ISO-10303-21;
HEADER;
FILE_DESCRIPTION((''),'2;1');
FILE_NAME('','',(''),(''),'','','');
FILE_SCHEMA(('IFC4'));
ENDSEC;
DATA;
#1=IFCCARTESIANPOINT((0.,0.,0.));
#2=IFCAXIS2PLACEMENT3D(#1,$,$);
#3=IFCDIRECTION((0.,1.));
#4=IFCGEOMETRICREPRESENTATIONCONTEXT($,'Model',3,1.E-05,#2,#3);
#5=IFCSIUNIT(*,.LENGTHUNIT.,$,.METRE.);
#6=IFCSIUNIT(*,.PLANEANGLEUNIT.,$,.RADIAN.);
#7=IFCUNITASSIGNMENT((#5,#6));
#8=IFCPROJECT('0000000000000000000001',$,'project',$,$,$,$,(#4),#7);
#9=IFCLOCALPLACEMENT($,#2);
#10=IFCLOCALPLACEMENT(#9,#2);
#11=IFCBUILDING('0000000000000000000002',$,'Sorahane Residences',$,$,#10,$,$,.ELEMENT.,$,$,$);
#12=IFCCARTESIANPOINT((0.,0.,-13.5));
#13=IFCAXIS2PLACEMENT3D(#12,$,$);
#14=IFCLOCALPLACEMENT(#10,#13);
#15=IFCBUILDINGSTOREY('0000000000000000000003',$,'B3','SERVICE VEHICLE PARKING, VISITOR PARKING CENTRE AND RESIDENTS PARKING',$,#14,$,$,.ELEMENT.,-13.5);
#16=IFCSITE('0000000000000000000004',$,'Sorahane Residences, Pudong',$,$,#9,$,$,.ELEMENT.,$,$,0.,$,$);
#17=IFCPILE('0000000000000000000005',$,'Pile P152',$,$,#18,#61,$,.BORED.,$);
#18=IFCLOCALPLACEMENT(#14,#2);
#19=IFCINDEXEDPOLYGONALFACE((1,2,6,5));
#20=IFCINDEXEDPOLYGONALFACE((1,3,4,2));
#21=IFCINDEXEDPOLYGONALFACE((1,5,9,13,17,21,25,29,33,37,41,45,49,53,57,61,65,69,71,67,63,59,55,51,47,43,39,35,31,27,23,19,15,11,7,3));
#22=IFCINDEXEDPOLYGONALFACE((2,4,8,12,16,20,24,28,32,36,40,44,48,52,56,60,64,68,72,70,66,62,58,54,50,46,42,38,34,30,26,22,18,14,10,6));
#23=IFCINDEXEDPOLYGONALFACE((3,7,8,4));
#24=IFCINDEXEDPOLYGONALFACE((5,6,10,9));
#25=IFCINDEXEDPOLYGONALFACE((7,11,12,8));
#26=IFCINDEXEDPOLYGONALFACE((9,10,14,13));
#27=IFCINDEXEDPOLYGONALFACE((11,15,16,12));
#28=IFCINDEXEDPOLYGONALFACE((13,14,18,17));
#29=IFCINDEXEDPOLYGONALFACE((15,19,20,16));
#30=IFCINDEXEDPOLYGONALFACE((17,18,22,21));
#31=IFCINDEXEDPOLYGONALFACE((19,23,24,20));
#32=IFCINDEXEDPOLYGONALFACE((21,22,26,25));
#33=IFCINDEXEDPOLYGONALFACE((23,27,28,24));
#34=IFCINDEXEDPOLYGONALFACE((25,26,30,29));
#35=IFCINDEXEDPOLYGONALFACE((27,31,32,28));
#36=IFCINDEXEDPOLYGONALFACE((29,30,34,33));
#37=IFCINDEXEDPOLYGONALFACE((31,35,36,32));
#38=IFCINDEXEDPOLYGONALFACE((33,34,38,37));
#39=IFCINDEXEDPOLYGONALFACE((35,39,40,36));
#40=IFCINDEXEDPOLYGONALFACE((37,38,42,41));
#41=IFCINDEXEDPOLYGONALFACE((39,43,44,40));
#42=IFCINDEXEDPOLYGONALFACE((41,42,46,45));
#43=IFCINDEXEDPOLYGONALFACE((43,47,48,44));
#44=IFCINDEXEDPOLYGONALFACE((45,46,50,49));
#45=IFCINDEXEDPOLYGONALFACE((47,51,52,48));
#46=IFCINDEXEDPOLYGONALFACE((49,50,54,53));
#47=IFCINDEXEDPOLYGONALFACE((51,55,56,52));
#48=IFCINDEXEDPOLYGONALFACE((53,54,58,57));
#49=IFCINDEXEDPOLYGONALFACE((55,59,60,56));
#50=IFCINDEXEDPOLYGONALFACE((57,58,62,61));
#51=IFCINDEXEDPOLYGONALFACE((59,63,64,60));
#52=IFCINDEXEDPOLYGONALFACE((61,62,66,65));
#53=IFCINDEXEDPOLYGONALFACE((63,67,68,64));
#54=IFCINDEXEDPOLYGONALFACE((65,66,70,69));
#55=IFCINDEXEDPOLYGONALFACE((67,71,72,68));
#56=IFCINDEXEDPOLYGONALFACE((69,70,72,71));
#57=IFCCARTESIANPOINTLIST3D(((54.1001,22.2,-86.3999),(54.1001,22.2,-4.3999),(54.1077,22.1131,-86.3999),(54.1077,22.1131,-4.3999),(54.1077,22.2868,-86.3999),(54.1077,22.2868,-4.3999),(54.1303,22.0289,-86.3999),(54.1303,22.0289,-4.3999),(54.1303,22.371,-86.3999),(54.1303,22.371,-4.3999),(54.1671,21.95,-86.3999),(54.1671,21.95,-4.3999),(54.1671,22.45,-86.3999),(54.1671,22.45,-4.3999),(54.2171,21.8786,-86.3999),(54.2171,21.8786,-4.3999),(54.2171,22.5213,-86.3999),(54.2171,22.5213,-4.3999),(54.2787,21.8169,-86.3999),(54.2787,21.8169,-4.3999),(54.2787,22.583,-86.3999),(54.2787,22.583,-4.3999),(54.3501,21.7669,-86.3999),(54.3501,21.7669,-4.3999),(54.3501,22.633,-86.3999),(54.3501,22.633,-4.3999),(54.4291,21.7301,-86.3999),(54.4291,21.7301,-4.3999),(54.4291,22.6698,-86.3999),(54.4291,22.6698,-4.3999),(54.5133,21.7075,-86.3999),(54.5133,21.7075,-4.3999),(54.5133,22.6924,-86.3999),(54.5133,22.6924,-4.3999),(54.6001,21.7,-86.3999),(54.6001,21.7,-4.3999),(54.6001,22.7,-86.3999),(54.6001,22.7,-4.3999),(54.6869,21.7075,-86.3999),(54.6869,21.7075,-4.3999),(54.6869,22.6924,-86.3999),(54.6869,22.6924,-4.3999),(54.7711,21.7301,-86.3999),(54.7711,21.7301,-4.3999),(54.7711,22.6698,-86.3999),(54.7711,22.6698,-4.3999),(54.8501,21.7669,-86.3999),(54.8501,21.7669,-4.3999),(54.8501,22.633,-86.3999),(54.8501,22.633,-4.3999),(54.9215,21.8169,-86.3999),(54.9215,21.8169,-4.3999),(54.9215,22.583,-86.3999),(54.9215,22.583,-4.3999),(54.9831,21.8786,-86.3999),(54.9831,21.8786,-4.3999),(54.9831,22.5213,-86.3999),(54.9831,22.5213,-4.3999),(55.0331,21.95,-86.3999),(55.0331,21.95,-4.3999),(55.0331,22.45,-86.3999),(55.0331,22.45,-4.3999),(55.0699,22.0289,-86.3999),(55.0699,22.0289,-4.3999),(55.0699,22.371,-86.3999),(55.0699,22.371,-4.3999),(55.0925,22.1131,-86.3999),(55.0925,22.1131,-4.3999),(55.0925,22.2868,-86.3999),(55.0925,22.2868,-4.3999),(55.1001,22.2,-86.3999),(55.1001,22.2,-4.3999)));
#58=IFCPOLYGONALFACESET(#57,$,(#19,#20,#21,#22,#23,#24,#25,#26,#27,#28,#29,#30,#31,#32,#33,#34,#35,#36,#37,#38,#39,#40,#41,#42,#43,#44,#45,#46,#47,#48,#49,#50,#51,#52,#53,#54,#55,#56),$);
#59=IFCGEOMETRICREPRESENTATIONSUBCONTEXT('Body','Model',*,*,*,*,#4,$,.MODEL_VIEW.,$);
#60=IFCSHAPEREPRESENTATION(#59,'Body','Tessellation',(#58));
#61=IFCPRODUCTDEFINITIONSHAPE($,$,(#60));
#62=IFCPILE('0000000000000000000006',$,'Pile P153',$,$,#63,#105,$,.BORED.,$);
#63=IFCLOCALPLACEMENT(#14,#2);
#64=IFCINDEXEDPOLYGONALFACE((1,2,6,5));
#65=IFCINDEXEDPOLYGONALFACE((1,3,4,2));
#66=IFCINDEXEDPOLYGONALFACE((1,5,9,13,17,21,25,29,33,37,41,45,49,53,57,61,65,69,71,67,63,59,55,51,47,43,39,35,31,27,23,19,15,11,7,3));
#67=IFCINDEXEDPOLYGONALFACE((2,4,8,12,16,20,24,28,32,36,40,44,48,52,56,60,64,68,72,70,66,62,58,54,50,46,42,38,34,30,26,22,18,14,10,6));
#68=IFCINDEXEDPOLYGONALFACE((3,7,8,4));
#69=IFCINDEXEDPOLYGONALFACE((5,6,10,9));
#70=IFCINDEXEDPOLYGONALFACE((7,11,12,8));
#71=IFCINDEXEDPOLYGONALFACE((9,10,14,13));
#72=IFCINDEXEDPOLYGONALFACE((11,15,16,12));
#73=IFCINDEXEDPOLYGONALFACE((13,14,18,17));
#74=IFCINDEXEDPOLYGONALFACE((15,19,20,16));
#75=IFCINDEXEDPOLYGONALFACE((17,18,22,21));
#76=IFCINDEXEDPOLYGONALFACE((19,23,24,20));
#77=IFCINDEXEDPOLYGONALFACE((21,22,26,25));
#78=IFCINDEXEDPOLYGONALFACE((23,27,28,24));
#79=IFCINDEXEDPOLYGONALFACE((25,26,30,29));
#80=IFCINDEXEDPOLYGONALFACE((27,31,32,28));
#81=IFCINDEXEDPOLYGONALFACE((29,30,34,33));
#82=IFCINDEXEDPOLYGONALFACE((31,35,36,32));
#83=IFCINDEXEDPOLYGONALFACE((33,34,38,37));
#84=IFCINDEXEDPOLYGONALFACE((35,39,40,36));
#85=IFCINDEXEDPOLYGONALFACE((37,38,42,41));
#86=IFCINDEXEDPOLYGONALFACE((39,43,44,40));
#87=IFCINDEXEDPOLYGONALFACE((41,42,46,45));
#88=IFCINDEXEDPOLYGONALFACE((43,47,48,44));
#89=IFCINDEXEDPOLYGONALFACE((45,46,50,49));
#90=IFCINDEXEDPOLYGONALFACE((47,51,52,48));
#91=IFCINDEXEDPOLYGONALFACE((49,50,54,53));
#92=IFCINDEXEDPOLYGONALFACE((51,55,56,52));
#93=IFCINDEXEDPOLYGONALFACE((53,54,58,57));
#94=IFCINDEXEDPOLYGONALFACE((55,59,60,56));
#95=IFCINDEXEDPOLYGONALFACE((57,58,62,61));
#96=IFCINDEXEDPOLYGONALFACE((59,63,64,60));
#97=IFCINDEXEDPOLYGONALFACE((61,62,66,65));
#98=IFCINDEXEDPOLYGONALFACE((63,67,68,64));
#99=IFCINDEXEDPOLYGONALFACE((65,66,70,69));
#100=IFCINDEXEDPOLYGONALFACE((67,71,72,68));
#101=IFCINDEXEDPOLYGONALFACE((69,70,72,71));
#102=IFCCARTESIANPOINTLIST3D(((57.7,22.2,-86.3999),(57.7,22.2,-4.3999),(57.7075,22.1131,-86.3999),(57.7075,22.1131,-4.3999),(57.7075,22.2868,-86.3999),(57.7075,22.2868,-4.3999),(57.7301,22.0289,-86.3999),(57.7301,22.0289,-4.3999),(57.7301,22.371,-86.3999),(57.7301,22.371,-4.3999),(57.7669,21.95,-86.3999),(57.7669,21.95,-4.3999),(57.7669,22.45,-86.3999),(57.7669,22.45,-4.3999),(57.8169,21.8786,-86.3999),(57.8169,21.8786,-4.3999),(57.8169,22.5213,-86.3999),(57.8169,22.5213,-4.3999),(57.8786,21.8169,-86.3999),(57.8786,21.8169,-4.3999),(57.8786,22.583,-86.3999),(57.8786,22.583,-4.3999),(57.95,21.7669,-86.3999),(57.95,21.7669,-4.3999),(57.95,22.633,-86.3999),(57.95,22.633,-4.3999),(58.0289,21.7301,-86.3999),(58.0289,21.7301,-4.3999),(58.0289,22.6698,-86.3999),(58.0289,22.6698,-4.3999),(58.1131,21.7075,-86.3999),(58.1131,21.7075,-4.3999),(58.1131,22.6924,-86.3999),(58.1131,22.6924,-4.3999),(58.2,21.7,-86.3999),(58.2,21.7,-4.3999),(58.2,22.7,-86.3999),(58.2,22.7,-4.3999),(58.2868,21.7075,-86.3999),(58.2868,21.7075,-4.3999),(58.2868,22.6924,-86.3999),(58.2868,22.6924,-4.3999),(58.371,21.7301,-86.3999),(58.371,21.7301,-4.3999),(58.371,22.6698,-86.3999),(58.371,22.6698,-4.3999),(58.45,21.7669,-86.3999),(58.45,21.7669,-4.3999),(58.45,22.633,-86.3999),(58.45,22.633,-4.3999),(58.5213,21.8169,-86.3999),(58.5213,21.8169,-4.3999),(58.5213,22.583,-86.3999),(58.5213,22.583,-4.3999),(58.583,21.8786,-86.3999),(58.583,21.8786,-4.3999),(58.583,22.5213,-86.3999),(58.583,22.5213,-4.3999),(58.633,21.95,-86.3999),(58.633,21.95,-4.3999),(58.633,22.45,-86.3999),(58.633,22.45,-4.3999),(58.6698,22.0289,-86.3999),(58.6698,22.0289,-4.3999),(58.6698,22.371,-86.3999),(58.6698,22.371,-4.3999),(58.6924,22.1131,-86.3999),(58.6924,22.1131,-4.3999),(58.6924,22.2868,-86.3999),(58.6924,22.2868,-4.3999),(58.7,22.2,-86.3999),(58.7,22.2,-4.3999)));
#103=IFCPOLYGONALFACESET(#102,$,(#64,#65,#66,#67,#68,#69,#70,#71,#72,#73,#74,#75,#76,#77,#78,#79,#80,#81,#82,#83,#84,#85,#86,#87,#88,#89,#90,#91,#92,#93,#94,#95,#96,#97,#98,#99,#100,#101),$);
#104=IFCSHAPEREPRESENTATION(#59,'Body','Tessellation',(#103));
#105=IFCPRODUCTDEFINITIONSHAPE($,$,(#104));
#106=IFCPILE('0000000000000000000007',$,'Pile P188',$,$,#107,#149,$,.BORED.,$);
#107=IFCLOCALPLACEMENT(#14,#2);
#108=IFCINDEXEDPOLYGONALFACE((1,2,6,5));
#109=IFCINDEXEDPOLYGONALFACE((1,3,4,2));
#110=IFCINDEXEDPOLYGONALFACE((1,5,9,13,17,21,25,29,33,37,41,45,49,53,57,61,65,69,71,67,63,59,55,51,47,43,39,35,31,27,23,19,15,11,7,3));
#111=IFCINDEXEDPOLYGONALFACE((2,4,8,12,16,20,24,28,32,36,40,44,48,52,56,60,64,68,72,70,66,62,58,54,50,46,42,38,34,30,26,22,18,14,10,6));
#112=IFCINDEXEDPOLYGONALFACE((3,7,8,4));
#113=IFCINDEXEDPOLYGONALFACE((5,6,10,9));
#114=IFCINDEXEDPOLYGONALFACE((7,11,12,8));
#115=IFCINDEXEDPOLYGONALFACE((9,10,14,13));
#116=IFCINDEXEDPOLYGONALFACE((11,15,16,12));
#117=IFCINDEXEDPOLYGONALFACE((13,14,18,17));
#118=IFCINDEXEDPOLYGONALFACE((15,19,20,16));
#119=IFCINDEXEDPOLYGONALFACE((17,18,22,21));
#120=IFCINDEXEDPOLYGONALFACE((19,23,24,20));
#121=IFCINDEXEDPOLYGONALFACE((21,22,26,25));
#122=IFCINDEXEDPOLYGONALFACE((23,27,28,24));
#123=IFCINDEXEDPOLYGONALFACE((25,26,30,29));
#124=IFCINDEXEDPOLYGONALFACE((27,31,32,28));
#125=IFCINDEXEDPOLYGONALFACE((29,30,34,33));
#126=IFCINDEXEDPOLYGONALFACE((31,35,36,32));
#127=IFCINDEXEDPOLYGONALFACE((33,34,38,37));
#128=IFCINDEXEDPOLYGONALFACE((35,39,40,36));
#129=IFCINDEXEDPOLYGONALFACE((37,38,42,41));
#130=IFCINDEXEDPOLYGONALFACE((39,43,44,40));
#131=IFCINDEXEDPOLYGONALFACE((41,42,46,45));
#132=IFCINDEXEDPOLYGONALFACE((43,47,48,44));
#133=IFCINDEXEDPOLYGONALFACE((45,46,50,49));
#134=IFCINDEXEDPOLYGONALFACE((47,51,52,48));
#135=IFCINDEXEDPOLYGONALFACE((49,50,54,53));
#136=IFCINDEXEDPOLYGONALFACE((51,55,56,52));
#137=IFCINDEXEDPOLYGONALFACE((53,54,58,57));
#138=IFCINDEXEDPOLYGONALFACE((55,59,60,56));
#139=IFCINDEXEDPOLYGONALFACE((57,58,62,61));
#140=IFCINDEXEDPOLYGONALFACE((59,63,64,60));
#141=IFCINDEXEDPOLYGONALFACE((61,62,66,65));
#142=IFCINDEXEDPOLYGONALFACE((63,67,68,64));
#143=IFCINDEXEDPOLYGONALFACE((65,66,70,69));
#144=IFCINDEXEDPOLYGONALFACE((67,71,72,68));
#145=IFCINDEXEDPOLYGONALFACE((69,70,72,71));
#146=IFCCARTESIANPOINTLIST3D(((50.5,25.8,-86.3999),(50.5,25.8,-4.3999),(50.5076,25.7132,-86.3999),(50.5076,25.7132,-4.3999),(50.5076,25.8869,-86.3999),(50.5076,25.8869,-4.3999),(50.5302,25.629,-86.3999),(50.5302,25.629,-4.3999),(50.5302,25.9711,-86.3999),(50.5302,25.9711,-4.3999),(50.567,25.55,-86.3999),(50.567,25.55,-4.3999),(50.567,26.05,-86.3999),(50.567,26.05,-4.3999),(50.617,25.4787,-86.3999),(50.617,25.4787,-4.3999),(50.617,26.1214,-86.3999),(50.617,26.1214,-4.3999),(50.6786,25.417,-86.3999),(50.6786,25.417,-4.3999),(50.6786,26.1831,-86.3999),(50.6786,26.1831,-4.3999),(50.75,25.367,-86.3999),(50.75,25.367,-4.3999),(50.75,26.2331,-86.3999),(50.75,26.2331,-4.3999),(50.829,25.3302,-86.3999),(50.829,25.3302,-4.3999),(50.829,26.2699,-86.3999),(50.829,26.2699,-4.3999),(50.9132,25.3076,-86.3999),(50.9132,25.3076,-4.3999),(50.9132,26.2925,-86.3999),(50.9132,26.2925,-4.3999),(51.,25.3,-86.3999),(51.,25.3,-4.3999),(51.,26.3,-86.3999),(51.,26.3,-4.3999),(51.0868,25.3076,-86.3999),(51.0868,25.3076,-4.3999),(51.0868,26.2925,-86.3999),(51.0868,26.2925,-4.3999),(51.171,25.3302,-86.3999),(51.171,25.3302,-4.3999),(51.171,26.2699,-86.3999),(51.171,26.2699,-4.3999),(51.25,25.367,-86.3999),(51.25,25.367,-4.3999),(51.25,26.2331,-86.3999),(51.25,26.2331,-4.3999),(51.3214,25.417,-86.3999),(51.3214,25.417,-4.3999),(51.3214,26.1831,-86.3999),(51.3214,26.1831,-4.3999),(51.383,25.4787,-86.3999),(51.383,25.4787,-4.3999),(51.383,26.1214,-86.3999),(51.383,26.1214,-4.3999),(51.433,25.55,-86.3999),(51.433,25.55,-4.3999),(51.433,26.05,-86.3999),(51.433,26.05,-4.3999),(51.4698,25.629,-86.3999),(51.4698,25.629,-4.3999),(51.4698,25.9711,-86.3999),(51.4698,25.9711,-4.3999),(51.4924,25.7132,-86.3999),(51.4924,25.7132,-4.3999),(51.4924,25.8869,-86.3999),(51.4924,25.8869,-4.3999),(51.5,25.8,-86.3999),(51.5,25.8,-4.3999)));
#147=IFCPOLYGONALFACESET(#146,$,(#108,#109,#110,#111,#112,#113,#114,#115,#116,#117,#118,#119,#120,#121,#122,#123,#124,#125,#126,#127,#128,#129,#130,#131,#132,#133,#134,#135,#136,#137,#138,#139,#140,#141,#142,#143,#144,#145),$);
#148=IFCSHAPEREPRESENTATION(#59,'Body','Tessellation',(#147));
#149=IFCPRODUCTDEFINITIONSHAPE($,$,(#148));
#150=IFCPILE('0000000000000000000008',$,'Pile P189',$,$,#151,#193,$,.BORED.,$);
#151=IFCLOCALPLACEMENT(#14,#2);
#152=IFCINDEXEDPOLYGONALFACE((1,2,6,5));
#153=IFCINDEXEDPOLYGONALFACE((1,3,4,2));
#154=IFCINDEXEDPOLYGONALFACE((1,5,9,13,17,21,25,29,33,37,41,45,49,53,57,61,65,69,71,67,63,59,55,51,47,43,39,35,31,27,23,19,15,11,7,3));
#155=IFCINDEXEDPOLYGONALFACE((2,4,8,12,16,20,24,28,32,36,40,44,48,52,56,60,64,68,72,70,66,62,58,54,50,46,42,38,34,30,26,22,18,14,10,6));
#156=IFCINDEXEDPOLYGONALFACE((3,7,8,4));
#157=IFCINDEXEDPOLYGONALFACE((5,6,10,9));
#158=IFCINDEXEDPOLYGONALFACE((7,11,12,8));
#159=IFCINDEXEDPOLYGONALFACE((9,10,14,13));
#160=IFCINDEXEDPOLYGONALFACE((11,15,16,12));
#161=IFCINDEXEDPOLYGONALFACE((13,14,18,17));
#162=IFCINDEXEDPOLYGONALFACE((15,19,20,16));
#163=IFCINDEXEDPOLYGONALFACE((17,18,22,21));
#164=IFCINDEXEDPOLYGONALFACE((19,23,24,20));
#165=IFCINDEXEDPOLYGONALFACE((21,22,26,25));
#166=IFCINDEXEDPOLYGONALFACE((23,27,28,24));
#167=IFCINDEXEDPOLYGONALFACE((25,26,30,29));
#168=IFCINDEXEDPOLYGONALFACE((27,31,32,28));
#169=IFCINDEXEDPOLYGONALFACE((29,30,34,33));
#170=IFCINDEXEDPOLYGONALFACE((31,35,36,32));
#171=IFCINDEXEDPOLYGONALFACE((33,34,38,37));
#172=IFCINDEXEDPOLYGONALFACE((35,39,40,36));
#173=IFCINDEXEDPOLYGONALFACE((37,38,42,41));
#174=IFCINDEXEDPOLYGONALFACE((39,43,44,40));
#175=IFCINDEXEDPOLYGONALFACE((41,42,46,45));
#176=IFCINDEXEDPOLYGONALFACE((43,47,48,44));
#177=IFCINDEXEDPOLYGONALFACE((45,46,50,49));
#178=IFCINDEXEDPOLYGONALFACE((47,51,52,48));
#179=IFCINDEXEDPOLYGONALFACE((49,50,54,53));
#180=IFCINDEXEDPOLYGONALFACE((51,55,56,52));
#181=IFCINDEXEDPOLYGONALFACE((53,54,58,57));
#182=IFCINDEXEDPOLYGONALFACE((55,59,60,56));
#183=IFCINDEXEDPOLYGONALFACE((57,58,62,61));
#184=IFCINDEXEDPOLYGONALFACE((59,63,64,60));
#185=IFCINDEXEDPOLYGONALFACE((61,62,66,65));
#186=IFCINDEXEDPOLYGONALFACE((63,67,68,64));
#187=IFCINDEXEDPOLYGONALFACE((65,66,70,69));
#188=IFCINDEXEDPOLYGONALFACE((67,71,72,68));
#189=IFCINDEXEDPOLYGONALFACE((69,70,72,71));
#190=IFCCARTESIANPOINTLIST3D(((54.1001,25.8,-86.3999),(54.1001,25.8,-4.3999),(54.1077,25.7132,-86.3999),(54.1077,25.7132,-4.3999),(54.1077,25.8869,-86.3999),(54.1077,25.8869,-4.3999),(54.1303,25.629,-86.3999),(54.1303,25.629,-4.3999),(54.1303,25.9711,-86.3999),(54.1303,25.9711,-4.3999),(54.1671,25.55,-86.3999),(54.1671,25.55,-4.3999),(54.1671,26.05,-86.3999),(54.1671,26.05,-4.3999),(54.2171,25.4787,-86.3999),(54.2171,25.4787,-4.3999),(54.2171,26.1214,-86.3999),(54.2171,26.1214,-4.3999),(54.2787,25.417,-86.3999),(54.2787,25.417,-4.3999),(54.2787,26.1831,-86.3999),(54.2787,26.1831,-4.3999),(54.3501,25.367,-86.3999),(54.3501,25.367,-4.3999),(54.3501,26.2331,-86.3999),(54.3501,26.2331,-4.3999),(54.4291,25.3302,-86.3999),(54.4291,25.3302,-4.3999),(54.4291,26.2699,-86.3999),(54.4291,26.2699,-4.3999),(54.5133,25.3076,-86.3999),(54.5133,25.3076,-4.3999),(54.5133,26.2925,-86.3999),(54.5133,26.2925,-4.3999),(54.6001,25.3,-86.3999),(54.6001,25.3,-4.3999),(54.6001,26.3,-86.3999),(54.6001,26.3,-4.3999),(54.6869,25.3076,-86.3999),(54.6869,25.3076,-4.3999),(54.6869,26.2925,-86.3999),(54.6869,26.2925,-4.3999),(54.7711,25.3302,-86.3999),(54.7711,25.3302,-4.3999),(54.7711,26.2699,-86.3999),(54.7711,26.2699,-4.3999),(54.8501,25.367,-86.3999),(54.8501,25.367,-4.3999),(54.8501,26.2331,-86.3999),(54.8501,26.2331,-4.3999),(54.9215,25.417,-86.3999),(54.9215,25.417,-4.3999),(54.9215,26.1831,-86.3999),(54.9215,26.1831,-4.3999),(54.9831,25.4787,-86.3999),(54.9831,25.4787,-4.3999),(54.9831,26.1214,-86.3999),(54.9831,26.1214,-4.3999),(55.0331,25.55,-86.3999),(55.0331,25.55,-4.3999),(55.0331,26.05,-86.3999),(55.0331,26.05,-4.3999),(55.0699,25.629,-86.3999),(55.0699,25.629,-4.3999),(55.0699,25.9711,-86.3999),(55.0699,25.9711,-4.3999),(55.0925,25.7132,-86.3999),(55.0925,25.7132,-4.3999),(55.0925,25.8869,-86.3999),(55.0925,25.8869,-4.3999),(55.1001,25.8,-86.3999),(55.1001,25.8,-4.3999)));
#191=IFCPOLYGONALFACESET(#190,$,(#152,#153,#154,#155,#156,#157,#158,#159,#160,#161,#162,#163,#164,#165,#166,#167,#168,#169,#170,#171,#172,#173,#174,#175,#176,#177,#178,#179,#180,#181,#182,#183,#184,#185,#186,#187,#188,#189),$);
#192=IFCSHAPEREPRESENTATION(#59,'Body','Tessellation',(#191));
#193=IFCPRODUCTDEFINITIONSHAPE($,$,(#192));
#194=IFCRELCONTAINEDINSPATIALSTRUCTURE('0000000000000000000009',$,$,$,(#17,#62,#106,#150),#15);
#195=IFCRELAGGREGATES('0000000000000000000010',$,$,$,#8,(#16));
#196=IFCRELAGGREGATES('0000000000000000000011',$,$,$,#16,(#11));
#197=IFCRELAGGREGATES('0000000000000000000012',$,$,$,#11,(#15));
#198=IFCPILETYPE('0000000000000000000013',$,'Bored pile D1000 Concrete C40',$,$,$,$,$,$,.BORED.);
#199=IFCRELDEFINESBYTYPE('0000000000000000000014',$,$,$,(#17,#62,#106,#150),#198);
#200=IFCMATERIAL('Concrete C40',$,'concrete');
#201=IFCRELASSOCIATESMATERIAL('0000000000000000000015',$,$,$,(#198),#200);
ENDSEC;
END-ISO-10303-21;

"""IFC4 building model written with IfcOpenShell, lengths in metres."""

from ifc_helpers import new_model, si_unit, direction, frame, origin, origin_2d, place, context, subcontext, project, spatial, circle, extrude, material, material_profile, profile_set, type_object, element, save


model = new_model("IFC4")

# Units and contexts
model_context = context("Model", 3, precision=1e-05, world=origin(), true_north=direction((0.0, 1.0)))
body_context = subcontext(model_context, "Body", "Model", "MODEL_VIEW")
ifc_project = project(units=[si_unit("LENGTHUNIT", "METRE"), si_unit("PLANEANGLEUNIT", "RADIAN")], contexts=[model_context])

# Site, building, storey
site_placement = place(None, origin())
site = spatial("IfcSite", under=ifc_project, at=site_placement, Name="Sorahane Residences, Pudong", CompositionType="ELEMENT", RefElevation=0.0)
building_placement = place(site_placement, origin())
building = spatial("IfcBuilding", under=site, at=building_placement, Name="Sorahane Residences", CompositionType="ELEMENT")
storey_placement = place(building_placement, frame((0.0, 0.0, -13.5)))
storey = spatial("IfcBuildingStorey", under=building, at=storey_placement, Name="B3", Description="SERVICE VEHICLE PARKING, VISITOR PARKING CENTRE AND RESIDENTS PARKING", CompositionType="ELEMENT", Elevation=-13.5)

# Piles
ifc_material_1 = material(Name="Concrete C40", Category="concrete")
ifc_material_profile_1 = material_profile(ifc_material_1, circle(Radius=0.5, at=origin_2d()), Name="D1000")
ifc_profile_set_1 = profile_set([ifc_material_profile_1], Name="Concrete C40")
pile_type = type_object("IfcPileType", Name="Bored pile D1000 Concrete C40", PredefinedType="BORED", material=ifc_profile_set_1)
for number, where, z_axis, x_axis, name in (
    (1, (54.6001, 22.2, -4.3999), (0.0, 0.0, -1.0), (1.0, 0.0, 0.0), "Pile P152"),
    (2, (58.2, 22.2, -4.3999), (0.0, 0.0, -1.0), (1.0, 0.0, 0.0), "Pile P153"),
    (3, (51.0, 25.8, -4.3999), (0.0, 0.0, -1.0), (1.0, 0.0, 0.0), "Pile P188"),
    (4, (54.6001, 25.8, -4.3999), (0.0, 0.0, -1.0), (1.0, 0.0, 0.0), "Pile P189"),
):
    element("IfcPile", number, at=place(storey_placement, frame(where, z_axis=z_axis, x_axis=x_axis)), inside=storey, type_object=pile_type, Name=name, PredefinedType="BORED", context=body_context, shape_type="SweptSolid", body=[
        extrude(circle(Radius=0.5, at=origin_2d()), origin(), (0.0, 0.0, 1.0), 82.0),
    ])

save(model, "model.ifc")
